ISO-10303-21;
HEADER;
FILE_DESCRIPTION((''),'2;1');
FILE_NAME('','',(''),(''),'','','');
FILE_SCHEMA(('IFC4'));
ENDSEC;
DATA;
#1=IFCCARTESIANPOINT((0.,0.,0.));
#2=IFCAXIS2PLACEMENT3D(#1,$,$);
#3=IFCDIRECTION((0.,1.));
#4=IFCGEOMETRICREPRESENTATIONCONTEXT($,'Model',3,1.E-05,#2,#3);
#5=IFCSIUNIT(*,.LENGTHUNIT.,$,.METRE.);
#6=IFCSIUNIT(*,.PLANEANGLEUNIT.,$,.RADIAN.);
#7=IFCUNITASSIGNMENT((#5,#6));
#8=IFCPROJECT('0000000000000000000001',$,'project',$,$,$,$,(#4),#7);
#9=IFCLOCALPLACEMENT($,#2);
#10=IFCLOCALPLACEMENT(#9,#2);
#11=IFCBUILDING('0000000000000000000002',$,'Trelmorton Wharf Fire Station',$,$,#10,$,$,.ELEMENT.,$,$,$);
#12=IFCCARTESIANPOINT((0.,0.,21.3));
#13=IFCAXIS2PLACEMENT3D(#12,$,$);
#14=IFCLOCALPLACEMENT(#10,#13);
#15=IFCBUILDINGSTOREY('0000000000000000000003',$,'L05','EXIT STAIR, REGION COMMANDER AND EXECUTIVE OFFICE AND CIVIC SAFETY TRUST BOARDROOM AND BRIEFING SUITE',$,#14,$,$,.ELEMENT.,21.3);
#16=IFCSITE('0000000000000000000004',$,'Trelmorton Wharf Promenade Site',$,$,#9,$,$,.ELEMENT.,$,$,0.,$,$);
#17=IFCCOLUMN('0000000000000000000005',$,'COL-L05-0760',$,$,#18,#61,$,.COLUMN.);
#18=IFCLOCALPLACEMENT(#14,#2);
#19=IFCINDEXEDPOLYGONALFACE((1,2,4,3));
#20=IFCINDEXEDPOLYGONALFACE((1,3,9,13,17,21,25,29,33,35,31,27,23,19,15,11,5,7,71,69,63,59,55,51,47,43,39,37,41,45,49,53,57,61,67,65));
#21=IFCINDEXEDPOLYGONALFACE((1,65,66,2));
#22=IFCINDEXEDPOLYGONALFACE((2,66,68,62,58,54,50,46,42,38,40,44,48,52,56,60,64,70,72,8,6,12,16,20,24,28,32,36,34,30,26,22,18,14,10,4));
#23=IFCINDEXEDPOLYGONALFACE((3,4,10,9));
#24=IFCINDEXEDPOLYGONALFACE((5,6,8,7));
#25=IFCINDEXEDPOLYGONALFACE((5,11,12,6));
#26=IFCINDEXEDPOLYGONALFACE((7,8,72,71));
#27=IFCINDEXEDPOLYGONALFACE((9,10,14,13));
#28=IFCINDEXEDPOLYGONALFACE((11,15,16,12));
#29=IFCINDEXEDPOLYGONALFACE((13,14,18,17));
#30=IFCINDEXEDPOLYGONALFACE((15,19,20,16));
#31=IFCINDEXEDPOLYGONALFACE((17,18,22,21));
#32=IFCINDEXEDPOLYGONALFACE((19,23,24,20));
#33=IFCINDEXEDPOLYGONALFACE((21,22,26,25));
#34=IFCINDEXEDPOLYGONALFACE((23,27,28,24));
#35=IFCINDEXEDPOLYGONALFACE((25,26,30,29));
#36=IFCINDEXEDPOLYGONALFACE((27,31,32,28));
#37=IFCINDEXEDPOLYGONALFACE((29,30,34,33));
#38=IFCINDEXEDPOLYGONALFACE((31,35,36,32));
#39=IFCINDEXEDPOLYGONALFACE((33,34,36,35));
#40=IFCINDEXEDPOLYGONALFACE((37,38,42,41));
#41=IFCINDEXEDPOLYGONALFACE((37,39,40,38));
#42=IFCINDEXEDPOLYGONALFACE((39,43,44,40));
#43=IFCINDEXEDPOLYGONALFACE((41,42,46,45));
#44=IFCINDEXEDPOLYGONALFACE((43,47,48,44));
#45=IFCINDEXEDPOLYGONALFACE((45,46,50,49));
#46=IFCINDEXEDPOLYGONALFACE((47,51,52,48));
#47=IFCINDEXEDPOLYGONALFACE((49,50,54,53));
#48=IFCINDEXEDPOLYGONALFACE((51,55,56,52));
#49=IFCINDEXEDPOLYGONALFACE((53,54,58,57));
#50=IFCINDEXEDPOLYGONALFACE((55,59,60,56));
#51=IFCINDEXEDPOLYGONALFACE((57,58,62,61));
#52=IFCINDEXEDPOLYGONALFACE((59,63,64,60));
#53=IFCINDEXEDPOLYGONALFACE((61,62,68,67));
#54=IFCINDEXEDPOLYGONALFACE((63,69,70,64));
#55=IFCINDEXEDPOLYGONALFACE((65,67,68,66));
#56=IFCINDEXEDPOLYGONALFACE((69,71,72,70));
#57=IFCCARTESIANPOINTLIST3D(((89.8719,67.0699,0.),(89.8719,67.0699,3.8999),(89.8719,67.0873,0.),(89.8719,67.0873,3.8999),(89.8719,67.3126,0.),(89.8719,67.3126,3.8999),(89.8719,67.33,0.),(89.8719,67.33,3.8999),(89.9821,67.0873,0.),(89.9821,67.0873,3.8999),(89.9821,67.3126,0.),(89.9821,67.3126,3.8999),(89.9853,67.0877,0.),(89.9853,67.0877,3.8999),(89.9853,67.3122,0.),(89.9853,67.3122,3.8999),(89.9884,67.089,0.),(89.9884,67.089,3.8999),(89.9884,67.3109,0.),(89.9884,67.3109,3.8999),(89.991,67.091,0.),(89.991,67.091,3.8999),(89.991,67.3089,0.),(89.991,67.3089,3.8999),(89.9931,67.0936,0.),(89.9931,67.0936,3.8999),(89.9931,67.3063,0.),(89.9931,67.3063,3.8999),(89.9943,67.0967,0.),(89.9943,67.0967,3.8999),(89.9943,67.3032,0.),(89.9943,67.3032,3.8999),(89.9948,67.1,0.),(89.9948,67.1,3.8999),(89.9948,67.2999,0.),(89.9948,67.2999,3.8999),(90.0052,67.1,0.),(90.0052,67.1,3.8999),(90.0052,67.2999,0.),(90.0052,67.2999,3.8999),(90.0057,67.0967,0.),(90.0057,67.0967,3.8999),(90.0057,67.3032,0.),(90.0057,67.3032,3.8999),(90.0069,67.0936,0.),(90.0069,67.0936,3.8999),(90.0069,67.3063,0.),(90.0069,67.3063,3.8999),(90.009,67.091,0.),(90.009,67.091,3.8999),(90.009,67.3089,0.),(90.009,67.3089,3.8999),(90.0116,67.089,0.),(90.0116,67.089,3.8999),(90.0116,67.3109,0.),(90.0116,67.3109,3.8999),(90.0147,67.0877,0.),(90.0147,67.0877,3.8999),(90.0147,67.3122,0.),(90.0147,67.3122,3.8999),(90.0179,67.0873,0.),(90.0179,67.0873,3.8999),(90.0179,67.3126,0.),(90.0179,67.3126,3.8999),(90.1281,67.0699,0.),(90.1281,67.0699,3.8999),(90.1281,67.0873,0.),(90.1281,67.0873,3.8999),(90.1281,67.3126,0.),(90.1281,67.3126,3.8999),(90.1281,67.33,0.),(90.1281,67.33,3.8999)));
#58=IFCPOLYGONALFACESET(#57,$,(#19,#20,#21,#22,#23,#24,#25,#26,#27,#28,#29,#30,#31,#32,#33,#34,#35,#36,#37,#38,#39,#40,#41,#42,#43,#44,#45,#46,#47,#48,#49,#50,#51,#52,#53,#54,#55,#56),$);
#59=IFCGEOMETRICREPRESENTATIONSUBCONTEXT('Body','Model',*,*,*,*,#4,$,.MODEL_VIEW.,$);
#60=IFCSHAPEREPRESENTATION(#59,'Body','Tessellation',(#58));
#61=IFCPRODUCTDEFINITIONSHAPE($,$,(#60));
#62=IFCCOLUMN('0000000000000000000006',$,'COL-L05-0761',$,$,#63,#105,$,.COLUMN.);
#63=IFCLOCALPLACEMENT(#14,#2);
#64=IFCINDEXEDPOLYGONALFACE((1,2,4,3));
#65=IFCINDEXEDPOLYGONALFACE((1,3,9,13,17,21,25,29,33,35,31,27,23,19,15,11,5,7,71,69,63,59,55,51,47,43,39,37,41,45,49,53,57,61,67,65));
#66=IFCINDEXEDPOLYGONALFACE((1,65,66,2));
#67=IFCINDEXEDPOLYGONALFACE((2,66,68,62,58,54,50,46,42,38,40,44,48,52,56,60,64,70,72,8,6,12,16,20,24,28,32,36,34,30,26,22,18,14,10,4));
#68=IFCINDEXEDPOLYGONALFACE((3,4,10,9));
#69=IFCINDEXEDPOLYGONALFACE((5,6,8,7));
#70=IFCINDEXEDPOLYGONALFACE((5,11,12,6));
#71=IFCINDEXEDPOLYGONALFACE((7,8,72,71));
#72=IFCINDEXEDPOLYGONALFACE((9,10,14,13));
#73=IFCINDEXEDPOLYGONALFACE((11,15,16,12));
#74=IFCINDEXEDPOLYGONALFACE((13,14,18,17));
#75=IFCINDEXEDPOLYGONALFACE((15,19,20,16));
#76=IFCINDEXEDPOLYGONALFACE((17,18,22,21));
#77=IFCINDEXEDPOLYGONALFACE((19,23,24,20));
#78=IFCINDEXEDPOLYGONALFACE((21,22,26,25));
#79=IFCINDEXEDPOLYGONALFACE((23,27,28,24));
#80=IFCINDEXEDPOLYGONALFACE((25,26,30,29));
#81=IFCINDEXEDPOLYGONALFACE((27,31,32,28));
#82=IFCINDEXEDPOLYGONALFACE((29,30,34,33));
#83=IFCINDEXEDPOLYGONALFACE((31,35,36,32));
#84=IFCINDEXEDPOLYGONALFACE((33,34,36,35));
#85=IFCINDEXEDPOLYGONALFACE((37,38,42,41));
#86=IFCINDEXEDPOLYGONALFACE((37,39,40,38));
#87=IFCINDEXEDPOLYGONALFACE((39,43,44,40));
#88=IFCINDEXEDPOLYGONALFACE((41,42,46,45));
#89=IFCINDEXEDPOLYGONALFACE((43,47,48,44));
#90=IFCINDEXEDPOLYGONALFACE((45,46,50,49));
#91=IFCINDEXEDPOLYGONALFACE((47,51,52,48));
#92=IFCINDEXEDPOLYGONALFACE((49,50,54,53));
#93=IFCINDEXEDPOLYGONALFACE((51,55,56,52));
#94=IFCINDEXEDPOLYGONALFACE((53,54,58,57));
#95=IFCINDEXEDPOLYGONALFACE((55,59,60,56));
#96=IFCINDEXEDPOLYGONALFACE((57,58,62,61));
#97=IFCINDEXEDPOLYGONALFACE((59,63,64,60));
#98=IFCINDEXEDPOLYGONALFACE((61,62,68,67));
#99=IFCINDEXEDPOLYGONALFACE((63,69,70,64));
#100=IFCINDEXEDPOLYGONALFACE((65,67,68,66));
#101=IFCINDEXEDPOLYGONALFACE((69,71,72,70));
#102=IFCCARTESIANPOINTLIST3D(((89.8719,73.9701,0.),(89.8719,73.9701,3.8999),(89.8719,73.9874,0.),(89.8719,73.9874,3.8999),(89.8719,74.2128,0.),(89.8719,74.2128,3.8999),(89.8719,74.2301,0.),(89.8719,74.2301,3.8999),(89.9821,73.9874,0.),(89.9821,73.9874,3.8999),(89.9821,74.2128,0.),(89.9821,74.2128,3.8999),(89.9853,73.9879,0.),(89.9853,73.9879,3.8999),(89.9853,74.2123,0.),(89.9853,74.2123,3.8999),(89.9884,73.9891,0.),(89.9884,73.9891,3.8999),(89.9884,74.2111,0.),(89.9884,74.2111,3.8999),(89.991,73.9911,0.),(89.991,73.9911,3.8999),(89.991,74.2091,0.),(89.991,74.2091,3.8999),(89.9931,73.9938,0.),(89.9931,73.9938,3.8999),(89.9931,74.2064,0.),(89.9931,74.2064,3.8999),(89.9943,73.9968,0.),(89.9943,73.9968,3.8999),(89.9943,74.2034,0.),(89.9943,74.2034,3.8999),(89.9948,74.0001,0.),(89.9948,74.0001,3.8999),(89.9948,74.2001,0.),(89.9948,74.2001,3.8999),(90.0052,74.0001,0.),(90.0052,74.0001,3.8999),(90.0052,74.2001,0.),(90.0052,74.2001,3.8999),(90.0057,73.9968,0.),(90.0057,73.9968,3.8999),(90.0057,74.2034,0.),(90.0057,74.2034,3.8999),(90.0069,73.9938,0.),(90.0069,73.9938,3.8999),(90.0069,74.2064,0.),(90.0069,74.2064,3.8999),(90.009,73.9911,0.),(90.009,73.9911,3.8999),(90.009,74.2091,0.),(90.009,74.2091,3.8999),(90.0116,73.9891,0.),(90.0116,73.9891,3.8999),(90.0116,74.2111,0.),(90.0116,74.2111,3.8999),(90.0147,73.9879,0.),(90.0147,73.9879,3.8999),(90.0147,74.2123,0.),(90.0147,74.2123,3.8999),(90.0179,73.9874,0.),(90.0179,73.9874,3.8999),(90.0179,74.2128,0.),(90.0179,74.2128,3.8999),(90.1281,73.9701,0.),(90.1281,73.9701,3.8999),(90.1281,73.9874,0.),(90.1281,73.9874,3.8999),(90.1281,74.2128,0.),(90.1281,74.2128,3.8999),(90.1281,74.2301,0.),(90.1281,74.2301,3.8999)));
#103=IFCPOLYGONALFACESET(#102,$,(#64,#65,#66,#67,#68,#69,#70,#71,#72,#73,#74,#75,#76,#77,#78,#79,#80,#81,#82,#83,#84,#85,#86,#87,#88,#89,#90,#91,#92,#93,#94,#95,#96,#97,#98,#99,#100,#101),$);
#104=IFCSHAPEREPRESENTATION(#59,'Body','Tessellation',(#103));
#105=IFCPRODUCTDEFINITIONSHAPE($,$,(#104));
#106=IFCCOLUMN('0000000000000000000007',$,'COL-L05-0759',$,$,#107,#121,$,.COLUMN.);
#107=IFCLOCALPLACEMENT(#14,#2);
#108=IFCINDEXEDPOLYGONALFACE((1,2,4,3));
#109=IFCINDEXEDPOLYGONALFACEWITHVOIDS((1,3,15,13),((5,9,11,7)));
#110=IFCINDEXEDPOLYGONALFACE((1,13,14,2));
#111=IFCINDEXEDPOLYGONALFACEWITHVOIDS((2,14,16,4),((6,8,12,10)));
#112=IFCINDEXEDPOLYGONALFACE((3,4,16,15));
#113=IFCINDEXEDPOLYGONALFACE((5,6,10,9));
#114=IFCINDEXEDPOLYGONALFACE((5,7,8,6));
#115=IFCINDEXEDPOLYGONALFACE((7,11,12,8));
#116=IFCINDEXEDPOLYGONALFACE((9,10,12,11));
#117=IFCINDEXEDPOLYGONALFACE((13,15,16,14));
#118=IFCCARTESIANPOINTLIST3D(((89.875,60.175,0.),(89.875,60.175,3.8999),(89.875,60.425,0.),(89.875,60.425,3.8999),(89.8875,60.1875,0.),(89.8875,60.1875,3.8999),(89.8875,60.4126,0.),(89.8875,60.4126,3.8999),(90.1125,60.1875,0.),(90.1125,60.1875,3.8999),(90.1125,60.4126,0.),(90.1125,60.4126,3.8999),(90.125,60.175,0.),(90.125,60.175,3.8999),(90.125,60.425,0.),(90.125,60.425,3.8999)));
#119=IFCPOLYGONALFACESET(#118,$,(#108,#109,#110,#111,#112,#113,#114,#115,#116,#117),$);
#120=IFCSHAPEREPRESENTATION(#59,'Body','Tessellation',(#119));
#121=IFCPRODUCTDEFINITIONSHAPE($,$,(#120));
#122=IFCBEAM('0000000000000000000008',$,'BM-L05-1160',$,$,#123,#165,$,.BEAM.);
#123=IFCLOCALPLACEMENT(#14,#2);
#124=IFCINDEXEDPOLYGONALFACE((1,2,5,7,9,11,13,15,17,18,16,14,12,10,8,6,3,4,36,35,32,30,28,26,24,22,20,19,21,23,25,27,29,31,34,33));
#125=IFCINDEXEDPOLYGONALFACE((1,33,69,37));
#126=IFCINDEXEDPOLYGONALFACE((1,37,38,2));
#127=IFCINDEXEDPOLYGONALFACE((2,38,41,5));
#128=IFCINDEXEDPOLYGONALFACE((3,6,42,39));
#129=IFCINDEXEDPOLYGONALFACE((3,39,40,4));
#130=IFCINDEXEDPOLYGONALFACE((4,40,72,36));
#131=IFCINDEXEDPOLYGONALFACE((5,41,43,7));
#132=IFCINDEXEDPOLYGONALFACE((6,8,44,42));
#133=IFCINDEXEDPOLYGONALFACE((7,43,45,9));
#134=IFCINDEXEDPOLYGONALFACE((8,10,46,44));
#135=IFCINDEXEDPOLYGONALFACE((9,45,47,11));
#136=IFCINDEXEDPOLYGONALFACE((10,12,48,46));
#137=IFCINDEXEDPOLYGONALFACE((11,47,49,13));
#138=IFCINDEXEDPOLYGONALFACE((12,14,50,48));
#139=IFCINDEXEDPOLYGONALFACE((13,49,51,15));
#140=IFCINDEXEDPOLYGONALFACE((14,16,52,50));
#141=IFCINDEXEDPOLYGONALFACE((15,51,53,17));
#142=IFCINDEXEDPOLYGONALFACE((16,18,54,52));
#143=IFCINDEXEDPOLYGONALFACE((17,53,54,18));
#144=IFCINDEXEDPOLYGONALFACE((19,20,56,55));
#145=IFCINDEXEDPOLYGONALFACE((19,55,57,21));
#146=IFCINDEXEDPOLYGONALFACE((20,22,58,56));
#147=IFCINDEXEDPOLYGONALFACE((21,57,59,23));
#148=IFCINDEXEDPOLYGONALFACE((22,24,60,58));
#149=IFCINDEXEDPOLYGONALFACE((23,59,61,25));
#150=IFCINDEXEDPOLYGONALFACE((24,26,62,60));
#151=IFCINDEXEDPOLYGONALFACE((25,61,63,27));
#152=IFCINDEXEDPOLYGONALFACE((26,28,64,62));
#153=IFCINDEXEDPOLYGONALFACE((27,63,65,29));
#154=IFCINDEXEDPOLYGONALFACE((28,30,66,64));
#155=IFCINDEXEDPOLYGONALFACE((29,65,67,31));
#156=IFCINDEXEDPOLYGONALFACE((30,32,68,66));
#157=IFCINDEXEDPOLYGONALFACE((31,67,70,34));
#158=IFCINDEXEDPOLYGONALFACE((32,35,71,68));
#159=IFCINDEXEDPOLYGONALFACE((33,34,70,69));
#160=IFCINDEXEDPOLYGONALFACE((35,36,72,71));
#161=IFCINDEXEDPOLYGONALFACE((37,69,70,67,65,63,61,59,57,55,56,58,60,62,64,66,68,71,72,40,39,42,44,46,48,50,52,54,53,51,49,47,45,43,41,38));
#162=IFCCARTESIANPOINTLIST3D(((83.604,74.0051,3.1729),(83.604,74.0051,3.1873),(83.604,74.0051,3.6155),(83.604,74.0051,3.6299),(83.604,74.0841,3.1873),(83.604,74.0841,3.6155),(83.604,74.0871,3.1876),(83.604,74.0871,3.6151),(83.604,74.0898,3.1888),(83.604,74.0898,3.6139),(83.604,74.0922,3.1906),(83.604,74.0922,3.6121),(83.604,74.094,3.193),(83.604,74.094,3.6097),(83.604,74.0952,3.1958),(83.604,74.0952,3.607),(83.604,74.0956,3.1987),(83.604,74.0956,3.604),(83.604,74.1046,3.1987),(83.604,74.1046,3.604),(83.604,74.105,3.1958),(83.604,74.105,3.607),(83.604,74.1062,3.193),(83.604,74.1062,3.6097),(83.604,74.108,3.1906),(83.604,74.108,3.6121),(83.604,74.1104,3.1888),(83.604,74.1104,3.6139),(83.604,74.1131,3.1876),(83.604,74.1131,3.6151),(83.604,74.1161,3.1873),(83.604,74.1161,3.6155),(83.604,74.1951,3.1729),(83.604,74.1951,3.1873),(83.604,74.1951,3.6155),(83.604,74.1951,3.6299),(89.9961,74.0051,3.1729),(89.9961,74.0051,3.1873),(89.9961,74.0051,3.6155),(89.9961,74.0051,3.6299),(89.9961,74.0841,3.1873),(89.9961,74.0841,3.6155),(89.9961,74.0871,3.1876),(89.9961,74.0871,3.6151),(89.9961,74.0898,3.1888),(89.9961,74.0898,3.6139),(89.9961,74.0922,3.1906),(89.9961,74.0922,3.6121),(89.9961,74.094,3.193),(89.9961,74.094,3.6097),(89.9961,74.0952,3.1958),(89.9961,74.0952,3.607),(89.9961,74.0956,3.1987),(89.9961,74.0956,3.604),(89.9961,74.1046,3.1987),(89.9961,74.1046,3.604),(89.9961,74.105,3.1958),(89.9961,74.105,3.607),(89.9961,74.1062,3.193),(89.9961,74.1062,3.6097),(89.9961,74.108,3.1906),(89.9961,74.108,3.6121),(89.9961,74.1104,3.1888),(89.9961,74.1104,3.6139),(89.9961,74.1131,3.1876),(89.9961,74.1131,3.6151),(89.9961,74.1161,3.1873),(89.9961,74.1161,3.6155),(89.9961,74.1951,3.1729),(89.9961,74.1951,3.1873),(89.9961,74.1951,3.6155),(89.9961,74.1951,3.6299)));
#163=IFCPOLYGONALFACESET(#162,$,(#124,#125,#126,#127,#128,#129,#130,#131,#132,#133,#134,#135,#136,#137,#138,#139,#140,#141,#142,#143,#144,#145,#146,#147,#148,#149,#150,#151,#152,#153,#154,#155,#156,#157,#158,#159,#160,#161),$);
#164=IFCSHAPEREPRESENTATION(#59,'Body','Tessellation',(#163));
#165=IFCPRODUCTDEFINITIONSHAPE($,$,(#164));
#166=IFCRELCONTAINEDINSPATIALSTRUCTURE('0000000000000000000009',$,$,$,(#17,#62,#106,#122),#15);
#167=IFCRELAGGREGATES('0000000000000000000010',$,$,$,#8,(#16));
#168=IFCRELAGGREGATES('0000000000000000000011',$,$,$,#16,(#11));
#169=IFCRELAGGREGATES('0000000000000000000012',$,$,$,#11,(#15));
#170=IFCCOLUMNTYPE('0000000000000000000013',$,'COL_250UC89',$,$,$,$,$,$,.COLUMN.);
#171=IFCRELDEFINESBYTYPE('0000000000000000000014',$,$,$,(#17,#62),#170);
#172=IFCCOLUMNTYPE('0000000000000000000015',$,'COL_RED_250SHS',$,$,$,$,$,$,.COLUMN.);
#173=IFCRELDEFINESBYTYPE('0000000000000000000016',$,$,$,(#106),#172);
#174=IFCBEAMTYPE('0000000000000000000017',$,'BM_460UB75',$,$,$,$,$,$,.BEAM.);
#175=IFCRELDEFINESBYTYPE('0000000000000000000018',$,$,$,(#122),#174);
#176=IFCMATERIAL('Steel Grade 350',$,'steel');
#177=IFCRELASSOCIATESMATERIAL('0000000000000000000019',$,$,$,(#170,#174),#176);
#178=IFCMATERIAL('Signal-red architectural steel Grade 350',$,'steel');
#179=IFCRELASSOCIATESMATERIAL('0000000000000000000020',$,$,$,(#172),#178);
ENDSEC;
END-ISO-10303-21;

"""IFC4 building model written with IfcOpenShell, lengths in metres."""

from ifc_helpers import new_model, si_unit, direction, frame, origin, origin_2d, place, context, subcontext, project, spatial, hollow_rectangle, i_section, extrude, material, material_profile, profile_set, type_object, element, save


model = new_model("IFC4")

# Units and contexts
model_context = context("Model", 3, precision=1e-05, world=origin(), true_north=direction((0.0, 1.0)))
body_context = subcontext(model_context, "Body", "Model", "MODEL_VIEW")
ifc_project = project(units=[si_unit("LENGTHUNIT", "METRE"), si_unit("PLANEANGLEUNIT", "RADIAN")], contexts=[model_context])

# Site, building, storey
site_placement = place(None, origin())
site = spatial("IfcSite", under=ifc_project, at=site_placement, Name="Trelmorton Wharf Promenade Site", CompositionType="ELEMENT", RefElevation=0.0)
building_placement = place(site_placement, origin())
building = spatial("IfcBuilding", under=site, at=building_placement, Name="Trelmorton Wharf Fire Station", CompositionType="ELEMENT")
storey_placement = place(building_placement, frame((0.0, 0.0, 21.3)))
storey = spatial("IfcBuildingStorey", under=building, at=storey_placement, Name="L05", Description="EXIT STAIR, REGION COMMANDER AND EXECUTIVE OFFICE AND CIVIC SAFETY TRUST BOARDROOM AND BRIEFING SUITE", CompositionType="ELEMENT", Elevation=21.3)

# Columns
ifc_material_1 = material(Name="Steel Grade 350", Category="steel")
ifc_material_profile_1 = material_profile(ifc_material_1, i_section(OverallWidth=0.2561, OverallDepth=0.26, WebThickness=0.0105, FlangeThickness=0.0173, FilletRadius=0.0127, at=origin_2d()), Name="250UC89.5")
ifc_profile_set_1 = profile_set([ifc_material_profile_1], Name="Steel Grade 350")
column_type_1 = type_object("IfcColumnType", Name="COL_250UC89", PredefinedType="COLUMN", material=ifc_profile_set_1)
for number, where, z_axis, x_axis, name in (
    (1, (90.0, 67.2, 0.0), (0.0, 0.0, 1.0), (1.0, 0.0, 0.0), "COL-L05-0760"),
    (2, (90.0, 74.1001, 0.0), (0.0, 0.0, 1.0), (1.0, 0.0, 0.0), "COL-L05-0761"),
):
    element("IfcColumn", number, at=place(storey_placement, frame(where, z_axis=z_axis, x_axis=x_axis)), inside=storey, type_object=column_type_1, Name=name, PredefinedType="COLUMN", context=body_context, shape_type="SweptSolid", body=[
        extrude(i_section(OverallWidth=0.2561, OverallDepth=0.26, WebThickness=0.0105, FlangeThickness=0.0173, FilletRadius=0.0127, at=origin_2d()), origin(), (0.0, 0.0, 1.0), 3.8999),
    ])
ifc_material_2 = material(Name="Signal-red architectural steel Grade 350", Category="steel")
ifc_material_profile_2 = material_profile(ifc_material_2, hollow_rectangle(XDim=0.25, YDim=0.25, WallThickness=0.0125, at=origin_2d()), Name="250x250x12.5SHS")
ifc_profile_set_2 = profile_set([ifc_material_profile_2], Name="Signal-red architectural steel Grade 350")
column_type_2 = type_object("IfcColumnType", Name="COL_RED_250SHS", PredefinedType="COLUMN", material=ifc_profile_set_2)
column_placement = place(storey_placement, frame((90.0, 60.3, 0.0), z_axis=(0.0, 0.0, 1.0), x_axis=(1.0, 0.0, 0.0)))
element("IfcColumn", 3, at=column_placement, inside=storey, type_object=column_type_2, Name="COL-L05-0759", PredefinedType="COLUMN", context=body_context, shape_type="SweptSolid", body=[
    extrude(hollow_rectangle(XDim=0.25, YDim=0.25, WallThickness=0.0125, at=origin_2d()), origin(), (0.0, 0.0, 1.0), 3.8999),
])

# Beam
ifc_material_profile_3 = material_profile(ifc_material_1, i_section(OverallWidth=0.1899, OverallDepth=0.457, WebThickness=0.009, FlangeThickness=0.0144, FilletRadius=0.0115, at=origin_2d()), Name="460UB74.6")
ifc_profile_set_3 = profile_set([ifc_material_profile_3], Name="Steel Grade 350")
beam_type_1 = type_object("IfcBeamType", Name="BM_460UB75", PredefinedType="BEAM", material=ifc_profile_set_3)
beam_1_placement = place(storey_placement, frame((83.604, 74.1001, 3.4014), z_axis=(1.0, 0.0, 0.0), x_axis=(0.0, 1.0, 0.0)))
element("IfcBeam", 4, at=beam_1_placement, inside=storey, type_object=beam_type_1, Name="BM-L05-1160", PredefinedType="BEAM", context=body_context, shape_type="SweptSolid", body=[
    extrude(i_section(OverallWidth=0.1899, OverallDepth=0.457, WebThickness=0.009, FlangeThickness=0.0144, FilletRadius=0.0115, at=origin_2d()), origin(), (0.0, 0.0, 1.0), 6.3921),
])

save(model, "model.ifc")
